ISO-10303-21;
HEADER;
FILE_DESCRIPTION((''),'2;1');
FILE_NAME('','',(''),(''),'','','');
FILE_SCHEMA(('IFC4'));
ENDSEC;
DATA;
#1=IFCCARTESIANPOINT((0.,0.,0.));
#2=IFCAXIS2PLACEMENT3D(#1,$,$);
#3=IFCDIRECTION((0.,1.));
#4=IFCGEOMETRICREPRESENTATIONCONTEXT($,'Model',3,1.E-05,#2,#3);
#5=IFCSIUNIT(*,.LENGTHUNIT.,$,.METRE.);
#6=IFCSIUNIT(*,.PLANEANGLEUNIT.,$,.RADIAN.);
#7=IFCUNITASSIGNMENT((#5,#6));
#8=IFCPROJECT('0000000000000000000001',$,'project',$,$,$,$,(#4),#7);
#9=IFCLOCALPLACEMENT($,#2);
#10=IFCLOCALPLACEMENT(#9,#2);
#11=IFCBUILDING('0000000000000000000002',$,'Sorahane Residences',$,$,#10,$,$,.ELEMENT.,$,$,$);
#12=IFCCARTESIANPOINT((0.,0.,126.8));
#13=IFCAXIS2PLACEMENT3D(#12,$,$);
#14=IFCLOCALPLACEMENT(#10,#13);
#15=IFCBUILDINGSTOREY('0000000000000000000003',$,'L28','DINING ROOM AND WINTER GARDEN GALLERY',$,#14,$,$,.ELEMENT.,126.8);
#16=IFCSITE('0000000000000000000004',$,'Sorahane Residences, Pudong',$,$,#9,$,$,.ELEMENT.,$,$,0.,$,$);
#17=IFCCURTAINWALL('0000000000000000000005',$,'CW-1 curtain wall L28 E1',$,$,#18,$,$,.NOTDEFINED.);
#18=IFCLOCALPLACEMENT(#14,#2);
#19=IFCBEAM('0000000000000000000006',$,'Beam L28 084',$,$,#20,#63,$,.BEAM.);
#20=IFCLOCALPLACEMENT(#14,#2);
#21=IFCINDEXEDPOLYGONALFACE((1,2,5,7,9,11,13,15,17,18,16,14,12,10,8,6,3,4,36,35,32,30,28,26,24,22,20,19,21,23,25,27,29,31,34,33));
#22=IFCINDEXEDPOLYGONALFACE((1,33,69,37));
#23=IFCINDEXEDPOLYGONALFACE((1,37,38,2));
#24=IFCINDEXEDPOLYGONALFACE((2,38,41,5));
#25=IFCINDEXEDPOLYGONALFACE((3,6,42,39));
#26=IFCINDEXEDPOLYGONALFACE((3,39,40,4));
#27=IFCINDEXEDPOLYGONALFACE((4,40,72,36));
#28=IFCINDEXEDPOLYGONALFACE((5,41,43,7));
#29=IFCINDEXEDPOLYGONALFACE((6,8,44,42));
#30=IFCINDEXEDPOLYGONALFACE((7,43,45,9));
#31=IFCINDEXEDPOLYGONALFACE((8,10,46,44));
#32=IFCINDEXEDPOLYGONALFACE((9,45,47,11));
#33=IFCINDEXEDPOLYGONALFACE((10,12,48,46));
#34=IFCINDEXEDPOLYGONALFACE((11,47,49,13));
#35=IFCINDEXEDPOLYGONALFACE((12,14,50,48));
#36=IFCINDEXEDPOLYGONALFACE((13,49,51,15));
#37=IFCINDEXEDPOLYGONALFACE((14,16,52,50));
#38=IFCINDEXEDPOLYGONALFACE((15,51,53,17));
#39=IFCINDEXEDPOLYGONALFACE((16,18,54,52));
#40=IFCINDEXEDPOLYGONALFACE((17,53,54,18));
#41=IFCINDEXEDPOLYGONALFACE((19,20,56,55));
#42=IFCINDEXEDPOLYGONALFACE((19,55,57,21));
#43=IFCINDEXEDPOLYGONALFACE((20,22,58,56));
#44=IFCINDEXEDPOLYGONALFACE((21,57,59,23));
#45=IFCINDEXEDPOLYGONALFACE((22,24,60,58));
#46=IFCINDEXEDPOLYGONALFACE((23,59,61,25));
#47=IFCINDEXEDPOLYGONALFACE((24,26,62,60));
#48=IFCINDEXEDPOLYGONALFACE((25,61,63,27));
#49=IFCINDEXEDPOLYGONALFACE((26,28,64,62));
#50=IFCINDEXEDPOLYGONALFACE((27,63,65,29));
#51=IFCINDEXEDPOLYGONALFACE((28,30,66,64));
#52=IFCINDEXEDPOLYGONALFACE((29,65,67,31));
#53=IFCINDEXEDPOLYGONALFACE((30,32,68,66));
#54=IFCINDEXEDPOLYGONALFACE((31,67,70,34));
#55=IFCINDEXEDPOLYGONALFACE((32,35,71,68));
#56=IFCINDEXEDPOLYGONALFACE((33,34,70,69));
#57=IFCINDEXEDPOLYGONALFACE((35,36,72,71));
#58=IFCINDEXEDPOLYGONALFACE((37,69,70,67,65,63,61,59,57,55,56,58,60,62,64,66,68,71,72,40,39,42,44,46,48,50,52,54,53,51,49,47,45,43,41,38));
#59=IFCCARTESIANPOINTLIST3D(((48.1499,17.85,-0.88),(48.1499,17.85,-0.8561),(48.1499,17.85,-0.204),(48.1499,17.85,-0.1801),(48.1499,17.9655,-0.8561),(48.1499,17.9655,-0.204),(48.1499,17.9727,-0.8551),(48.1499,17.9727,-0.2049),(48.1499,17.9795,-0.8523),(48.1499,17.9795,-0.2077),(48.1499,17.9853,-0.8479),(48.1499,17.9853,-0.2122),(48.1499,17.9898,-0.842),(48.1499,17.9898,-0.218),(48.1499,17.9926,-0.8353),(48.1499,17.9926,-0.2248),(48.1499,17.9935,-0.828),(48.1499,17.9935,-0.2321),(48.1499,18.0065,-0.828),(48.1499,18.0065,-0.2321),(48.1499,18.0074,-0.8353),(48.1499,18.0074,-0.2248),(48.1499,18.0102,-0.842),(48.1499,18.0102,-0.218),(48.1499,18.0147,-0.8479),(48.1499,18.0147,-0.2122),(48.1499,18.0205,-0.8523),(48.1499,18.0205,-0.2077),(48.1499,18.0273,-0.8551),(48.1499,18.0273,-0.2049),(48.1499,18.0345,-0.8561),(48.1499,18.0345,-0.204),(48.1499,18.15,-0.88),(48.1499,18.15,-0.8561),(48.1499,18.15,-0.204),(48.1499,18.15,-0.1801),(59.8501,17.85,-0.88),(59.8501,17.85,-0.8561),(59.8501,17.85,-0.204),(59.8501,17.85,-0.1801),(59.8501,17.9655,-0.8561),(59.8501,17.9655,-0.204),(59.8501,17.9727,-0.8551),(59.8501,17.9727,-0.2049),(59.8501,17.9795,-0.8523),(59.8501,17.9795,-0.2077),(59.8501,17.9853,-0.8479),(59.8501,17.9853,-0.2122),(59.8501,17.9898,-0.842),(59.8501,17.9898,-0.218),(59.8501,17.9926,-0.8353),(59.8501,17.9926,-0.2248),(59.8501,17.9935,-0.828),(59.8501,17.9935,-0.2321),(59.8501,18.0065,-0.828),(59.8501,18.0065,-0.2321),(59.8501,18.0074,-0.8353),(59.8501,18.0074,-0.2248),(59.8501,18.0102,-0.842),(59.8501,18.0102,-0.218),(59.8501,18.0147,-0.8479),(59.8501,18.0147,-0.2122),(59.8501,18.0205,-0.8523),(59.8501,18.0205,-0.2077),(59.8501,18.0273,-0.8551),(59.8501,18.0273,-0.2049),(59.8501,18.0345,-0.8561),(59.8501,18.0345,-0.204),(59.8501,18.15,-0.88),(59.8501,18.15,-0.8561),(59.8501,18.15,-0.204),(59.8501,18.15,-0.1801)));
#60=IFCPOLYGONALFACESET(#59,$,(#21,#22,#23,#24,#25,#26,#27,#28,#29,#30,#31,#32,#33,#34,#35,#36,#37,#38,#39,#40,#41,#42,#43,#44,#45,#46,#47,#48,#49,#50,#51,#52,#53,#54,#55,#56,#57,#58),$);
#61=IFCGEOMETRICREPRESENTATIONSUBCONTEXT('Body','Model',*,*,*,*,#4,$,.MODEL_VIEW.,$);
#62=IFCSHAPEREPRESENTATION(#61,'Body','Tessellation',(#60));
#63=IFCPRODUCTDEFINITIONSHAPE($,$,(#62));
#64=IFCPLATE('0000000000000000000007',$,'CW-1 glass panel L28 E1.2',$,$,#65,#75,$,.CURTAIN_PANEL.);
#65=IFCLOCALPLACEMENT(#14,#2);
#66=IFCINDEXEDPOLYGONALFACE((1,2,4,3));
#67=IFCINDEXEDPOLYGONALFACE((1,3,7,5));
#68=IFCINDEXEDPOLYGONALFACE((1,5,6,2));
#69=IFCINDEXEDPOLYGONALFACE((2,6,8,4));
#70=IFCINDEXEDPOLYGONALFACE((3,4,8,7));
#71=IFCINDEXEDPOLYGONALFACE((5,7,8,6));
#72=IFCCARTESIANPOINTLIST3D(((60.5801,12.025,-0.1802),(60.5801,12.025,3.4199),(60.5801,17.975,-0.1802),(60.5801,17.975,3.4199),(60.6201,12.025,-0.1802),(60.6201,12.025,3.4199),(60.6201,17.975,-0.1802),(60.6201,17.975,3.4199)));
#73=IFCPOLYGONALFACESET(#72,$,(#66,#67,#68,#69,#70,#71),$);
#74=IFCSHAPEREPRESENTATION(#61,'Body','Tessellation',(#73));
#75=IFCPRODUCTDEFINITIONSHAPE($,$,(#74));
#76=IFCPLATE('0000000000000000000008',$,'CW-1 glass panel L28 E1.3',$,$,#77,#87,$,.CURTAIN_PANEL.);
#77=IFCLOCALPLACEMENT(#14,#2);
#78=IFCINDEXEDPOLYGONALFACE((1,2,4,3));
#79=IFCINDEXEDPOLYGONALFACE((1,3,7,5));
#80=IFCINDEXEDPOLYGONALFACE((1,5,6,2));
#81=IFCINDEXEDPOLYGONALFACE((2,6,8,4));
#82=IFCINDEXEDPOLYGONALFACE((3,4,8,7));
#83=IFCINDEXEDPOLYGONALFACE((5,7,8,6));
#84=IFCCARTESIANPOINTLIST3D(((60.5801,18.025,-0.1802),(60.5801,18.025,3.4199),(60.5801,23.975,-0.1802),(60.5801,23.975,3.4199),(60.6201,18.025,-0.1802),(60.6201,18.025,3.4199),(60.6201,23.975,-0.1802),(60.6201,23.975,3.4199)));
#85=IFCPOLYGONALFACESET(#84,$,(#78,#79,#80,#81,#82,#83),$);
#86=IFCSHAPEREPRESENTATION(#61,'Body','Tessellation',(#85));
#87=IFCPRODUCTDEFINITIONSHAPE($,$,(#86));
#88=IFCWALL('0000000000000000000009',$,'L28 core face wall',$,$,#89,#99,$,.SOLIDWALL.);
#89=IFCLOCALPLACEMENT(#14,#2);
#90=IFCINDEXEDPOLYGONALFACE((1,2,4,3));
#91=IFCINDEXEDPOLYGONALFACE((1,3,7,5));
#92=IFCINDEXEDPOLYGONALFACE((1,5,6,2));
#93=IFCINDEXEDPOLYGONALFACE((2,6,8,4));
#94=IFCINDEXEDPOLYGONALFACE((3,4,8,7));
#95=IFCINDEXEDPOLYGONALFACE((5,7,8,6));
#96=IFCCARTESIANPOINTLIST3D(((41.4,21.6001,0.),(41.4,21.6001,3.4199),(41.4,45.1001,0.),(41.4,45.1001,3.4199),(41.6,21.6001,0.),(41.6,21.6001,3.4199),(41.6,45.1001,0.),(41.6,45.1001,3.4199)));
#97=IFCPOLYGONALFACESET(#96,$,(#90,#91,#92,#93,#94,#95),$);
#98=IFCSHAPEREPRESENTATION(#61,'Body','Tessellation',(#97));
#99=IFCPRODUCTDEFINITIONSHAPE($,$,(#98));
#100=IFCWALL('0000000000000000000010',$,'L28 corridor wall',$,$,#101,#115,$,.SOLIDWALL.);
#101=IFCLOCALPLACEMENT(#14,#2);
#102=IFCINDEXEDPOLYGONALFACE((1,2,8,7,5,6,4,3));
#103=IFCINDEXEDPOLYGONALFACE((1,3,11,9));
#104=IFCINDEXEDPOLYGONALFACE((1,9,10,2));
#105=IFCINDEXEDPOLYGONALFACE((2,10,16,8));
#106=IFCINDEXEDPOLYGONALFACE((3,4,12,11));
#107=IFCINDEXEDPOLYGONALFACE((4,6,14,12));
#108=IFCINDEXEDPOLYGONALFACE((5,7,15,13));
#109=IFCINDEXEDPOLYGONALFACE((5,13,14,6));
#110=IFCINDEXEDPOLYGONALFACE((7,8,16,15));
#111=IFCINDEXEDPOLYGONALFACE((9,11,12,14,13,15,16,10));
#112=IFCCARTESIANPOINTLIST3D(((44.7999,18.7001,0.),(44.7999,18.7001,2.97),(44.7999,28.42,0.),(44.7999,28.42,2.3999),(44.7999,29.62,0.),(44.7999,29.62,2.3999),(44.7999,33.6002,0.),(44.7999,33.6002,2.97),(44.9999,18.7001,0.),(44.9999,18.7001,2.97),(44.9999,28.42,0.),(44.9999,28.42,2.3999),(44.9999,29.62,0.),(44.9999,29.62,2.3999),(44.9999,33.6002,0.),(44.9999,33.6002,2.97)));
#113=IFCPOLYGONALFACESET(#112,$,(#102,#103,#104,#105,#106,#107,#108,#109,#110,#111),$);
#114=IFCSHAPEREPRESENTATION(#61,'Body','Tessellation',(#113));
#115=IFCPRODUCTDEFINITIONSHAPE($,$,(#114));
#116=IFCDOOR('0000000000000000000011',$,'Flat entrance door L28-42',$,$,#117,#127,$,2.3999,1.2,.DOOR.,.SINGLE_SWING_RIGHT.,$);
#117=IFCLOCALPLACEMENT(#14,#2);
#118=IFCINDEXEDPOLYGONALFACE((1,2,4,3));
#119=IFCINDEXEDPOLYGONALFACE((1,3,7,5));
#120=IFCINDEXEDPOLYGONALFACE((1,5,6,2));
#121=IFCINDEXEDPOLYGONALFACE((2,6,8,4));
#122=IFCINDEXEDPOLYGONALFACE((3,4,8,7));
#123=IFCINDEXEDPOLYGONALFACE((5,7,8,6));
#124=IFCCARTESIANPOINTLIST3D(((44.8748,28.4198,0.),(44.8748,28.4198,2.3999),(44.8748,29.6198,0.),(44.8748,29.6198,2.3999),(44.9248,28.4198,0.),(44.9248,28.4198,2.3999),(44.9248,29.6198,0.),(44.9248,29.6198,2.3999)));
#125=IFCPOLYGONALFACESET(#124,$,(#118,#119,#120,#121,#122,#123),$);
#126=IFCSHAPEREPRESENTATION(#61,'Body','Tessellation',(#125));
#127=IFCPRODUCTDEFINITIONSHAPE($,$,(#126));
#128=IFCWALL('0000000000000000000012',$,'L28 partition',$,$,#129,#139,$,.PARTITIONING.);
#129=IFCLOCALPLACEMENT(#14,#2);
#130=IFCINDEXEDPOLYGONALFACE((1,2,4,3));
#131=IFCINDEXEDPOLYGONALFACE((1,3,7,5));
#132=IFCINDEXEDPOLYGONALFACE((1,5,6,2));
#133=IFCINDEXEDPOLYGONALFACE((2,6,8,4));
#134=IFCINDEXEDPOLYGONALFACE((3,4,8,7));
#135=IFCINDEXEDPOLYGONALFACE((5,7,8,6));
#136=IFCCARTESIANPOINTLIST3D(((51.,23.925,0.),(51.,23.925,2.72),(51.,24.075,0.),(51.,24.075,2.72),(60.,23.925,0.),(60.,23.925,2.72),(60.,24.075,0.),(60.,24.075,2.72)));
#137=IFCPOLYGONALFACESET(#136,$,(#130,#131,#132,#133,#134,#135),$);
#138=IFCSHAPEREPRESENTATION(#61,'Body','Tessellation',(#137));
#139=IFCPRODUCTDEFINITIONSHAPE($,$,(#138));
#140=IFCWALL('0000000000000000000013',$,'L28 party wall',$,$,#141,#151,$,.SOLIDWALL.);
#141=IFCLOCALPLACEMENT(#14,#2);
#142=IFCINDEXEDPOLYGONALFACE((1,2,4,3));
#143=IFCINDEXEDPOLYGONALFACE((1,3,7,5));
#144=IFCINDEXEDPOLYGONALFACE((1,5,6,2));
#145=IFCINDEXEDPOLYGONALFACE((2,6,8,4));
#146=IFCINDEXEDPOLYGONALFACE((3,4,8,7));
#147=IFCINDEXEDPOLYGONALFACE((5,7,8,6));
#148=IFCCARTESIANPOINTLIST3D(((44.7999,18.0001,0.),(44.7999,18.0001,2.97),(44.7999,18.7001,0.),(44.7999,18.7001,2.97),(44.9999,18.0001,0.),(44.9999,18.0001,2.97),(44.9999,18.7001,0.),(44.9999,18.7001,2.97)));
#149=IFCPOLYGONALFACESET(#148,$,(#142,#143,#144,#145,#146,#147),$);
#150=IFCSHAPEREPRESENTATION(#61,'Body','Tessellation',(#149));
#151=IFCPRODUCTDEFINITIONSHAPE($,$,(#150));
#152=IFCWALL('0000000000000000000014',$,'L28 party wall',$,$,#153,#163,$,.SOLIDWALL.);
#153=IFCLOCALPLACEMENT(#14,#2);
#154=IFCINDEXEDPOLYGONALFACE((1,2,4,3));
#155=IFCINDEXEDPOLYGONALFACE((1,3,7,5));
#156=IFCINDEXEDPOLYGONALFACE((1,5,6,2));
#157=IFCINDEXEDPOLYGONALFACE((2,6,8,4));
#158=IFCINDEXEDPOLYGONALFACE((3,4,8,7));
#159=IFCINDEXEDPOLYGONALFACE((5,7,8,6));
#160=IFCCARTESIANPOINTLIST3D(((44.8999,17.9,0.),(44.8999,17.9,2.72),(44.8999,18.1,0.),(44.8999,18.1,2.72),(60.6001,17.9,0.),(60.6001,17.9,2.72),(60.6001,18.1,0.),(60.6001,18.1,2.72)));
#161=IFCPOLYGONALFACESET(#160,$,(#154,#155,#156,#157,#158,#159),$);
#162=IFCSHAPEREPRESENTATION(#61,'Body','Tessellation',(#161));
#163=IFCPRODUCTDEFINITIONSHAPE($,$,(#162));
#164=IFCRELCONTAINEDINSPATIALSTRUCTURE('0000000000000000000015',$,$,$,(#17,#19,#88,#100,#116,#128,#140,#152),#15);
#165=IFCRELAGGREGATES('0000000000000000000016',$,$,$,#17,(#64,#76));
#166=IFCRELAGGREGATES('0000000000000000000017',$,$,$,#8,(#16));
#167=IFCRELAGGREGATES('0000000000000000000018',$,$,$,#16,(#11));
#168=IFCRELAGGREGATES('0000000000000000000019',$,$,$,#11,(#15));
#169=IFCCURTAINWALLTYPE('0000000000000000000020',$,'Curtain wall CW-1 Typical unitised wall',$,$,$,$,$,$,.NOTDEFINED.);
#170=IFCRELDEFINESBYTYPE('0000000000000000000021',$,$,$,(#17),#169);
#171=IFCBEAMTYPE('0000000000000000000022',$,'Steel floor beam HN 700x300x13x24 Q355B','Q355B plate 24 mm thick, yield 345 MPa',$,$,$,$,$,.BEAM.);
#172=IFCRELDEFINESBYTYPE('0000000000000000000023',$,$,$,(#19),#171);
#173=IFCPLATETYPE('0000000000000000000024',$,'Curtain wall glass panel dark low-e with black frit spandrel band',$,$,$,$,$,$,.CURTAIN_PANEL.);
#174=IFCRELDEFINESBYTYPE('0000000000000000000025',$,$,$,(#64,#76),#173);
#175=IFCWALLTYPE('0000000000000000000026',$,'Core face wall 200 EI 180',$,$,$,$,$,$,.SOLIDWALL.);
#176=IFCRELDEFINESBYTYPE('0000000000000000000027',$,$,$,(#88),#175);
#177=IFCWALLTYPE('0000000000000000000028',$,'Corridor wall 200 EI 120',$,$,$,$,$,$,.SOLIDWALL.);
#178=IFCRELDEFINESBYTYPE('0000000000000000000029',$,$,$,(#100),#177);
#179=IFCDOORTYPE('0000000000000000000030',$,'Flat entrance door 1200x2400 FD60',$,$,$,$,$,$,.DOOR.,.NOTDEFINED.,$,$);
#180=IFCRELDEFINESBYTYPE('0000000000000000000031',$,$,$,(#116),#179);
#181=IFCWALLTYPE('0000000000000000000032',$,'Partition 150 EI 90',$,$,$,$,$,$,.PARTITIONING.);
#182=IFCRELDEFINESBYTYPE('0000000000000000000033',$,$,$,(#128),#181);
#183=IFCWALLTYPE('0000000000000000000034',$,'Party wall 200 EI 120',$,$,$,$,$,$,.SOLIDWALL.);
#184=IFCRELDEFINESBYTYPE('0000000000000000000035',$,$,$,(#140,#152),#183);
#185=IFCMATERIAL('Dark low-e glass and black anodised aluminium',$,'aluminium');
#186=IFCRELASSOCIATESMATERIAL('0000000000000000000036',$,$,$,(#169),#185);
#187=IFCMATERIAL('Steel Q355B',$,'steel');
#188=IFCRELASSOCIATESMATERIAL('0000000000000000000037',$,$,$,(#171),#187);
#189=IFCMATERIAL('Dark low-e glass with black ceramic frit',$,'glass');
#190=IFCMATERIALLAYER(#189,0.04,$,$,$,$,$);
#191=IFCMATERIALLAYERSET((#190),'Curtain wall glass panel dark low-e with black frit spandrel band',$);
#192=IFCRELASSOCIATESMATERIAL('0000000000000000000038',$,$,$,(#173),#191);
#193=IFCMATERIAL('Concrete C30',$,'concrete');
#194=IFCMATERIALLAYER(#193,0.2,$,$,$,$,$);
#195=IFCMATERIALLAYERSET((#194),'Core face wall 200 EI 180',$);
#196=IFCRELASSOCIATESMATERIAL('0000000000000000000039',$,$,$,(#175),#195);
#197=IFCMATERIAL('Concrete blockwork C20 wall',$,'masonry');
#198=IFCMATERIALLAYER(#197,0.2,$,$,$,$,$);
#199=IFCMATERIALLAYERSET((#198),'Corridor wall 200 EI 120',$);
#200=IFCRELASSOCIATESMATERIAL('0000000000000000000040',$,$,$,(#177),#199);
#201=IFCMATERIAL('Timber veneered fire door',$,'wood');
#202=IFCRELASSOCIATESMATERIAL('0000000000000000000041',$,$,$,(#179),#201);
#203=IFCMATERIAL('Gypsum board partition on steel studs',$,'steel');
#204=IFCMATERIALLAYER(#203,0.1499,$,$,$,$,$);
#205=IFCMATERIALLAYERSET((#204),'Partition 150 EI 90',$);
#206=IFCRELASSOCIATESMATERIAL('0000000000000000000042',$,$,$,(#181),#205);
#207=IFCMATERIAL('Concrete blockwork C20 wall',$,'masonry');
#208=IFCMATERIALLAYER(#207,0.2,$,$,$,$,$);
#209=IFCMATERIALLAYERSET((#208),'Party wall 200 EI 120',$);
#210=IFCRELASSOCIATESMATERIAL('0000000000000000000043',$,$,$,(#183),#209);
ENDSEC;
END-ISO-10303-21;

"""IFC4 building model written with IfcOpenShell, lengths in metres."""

from ifc_helpers import new_model, si_unit, direction, frame, frame_2d, origin, origin_2d, place, context, subcontext, project, spatial, rectangle, i_section, extrude, material, layer, layer_set, material_profile, profile_set, type_object, element, fill, aggregate, save


model = new_model("IFC4")

# Units and contexts
model_context = context("Model", 3, precision=1e-05, world=origin(), true_north=direction((0.0, 1.0)))
body_context = subcontext(model_context, "Body", "Model", "MODEL_VIEW")
ifc_project = project(units=[si_unit("LENGTHUNIT", "METRE"), si_unit("PLANEANGLEUNIT", "RADIAN")], contexts=[model_context])

# Site, building, storey
site_placement = place(None, origin())
site = spatial("IfcSite", under=ifc_project, at=site_placement, Name="Sorahane Residences, Pudong", CompositionType="ELEMENT", RefElevation=0.0)
building_placement = place(site_placement, origin())
building = spatial("IfcBuilding", under=site, at=building_placement, Name="Sorahane Residences", CompositionType="ELEMENT")
storey_placement = place(building_placement, frame((0.0, 0.0, 126.8)))
storey = spatial("IfcBuildingStorey", under=building, at=storey_placement, Name="L28", Description="DINING ROOM AND WINTER GARDEN GALLERY", CompositionType="ELEMENT", Elevation=126.8)

# Curtain wall
ifc_material_1 = material(Name="Dark low-e glass and black anodised aluminium", Category="aluminium")
curtain_wall_type = type_object("IfcCurtainWallType", Name="Curtain wall CW-1 Typical unitised wall", PredefinedType="NOTDEFINED", material=ifc_material_1)
curtain_wall_placement = place(storey_placement, origin())
curtain_wall = element("IfcCurtainWall", 1, at=curtain_wall_placement, inside=storey, type_object=curtain_wall_type, Name="CW-1 curtain wall L28 E1", PredefinedType="NOTDEFINED")

# Beam
ifc_material_2 = material(Name="Steel Q355B", Category="steel")
ifc_material_profile_1 = material_profile(ifc_material_2, i_section(OverallWidth=0.3, OverallDepth=0.7, WebThickness=0.0129, FlangeThickness=0.0239, FilletRadius=0.0281, at=origin_2d()), Name="HN 700x300x13x24")
ifc_profile_set_1 = profile_set([ifc_material_profile_1], Name="Steel Q355B")
beam_type_1 = type_object("IfcBeamType", Name="Steel floor beam HN 700x300x13x24 Q355B", Description="Q355B plate 24 mm thick, yield 345 MPa", PredefinedType="BEAM", material=ifc_profile_set_1)
beam_1_placement = place(storey_placement, frame((48.1499, 18.0, -0.53), z_axis=(1.0, 0.0, 0.0), x_axis=(0.0, 1.0, 0.0)))
element("IfcBeam", 2, at=beam_1_placement, inside=storey, type_object=beam_type_1, Name="Beam L28 084", PredefinedType="BEAM", context=body_context, shape_type="SweptSolid", body=[
    extrude(i_section(OverallWidth=0.3, OverallDepth=0.7, WebThickness=0.0129, FlangeThickness=0.0239, FilletRadius=0.0281, at=origin_2d()), origin(), (0.0, 0.0, 1.0), 11.7002),
])

# Plates
ifc_material_3 = material(Name="Dark low-e glass with black ceramic frit", Category="glass")
ifc_layer_1 = layer(ifc_material_3, 0.04)
ifc_layer_set_1 = layer_set([ifc_layer_1], Name="Curtain wall glass panel dark low-e with black frit spandrel band")
plate_type = type_object("IfcPlateType", Name="Curtain wall glass panel dark low-e with black frit spandrel band", PredefinedType="CURTAIN_PANEL", material=ifc_layer_set_1)
plate_1_placement = place(storey_placement, frame((60.6001, 15.0, -0.1802), z_axis=(0.0, 0.0, 1.0), x_axis=(0.0, 1.0, 0.0)))
plate_1 = element("IfcPlate", 3, at=plate_1_placement, type_object=plate_type, Name="CW-1 glass panel L28 E1.2", PredefinedType="CURTAIN_PANEL", context=body_context, shape_type="SweptSolid", body=[
    extrude(rectangle(XDim=5.95, YDim=0.04, at=origin_2d()), origin(), (0.0, 0.0, 1.0), 3.6001),
])
plate_2_placement = place(storey_placement, frame((60.6001, 21.0, -0.1802), z_axis=(0.0, 0.0, 1.0), x_axis=(0.0, 1.0, 0.0)))
plate_2 = element("IfcPlate", 4, at=plate_2_placement, type_object=plate_type, Name="CW-1 glass panel L28 E1.3", PredefinedType="CURTAIN_PANEL", context=body_context, shape_type="SweptSolid", body=[
    extrude(rectangle(XDim=5.95, YDim=0.04, at=origin_2d()), origin(), (0.0, 0.0, 1.0), 3.6001),
])
aggregate(curtain_wall, [plate_1, plate_2])

# Wall
ifc_material_4 = material(Name="Concrete C30", Category="concrete")
ifc_layer_2 = layer(ifc_material_4, 0.2)
ifc_layer_set_2 = layer_set([ifc_layer_2], Name="Core face wall 200 EI 180")
wall_type_1 = type_object("IfcWallType", Name="Core face wall 200 EI 180", PredefinedType="SOLIDWALL", material=ifc_layer_set_2)
wall_1_placement = place(storey_placement, frame((41.5, 21.6001, 0.0), z_axis=(0.0, 0.0, 1.0), x_axis=(0.0, 1.0, 0.0)))
element("IfcWall", 5, at=wall_1_placement, inside=storey, type_object=wall_type_1, Name="L28 core face wall", PredefinedType="SOLIDWALL", context=body_context, shape_type="SweptSolid", body=[
    extrude(rectangle(XDim=23.5, YDim=0.2, at=frame_2d((11.75, 0.0))), origin(), (0.0, 0.0, 1.0), 3.4199),
])

# Wall, opening, door
ifc_material_5 = material(Name="Concrete blockwork C20 wall", Category="masonry")
ifc_layer_3 = layer(ifc_material_5, 0.2)
ifc_layer_set_3 = layer_set([ifc_layer_3], Name="Corridor wall 200 EI 120")
wall_type_2 = type_object("IfcWallType", Name="Corridor wall 200 EI 120", PredefinedType="SOLIDWALL", material=ifc_layer_set_3)
wall_2_placement = place(storey_placement, frame((44.8999, 18.7, 0.0), z_axis=(0.0, 0.0, 1.0), x_axis=(0.0, 1.0, 0.0)))
wall_2 = element("IfcWall", 6, at=wall_2_placement, inside=storey, type_object=wall_type_2, Name="L28 corridor wall", PredefinedType="SOLIDWALL", context=body_context, shape_type="SweptSolid", body=[
    extrude(rectangle(XDim=14.9001, YDim=0.2, at=frame_2d((7.4502, 0.0))), origin(), (0.0, 0.0, 1.0), 2.97),
])
opening_1_placement = place(wall_2_placement, frame((9.72, 0.0, 0.0)))
opening_1 = element("IfcOpeningElement", 7, at=opening_1_placement, cuts=wall_2, PredefinedType="OPENING", context=body_context, shape_type="SweptSolid", body=[
    extrude(rectangle(XDim=1.2, YDim=2.3999, at=frame_2d((0.6001, 1.2))), frame((0.0, 0.1099, 0.0), z_axis=(0.0, -1.0, 0.0), x_axis=(1.0, 0.0, 0.0)), (0.0, 0.0, 1.0), 0.22),
])
ifc_material_6 = material(Name="Timber veneered fire door", Category="wood")
door_type_1 = type_object("IfcDoorType", Name="Flat entrance door 1200x2400 FD60", OperationType="NOTDEFINED", PredefinedType="DOOR", material=ifc_material_6)
door_1_placement = place(opening_1_placement, frame((1.2, 0.0, 0.0), z_axis=(0.0, 0.0, 1.0), x_axis=(-1.0, 0.0, 0.0)))
door_1 = element("IfcDoor", 8, at=door_1_placement, inside=storey, type_object=door_type_1, Name="Flat entrance door L28-42", OperationType="SINGLE_SWING_RIGHT", OverallHeight=2.3999, OverallWidth=1.2, PredefinedType="DOOR", context=body_context, shape_type="SweptSolid", body=[
    extrude(rectangle(XDim=1.2, YDim=2.3999, at=frame_2d((0.6001, 1.2))), frame((0.0, 0.0249, 0.0), z_axis=(0.0, -1.0, 0.0), x_axis=(1.0, 0.0, 0.0)), (0.0, 0.0, 1.0), 0.05),
])
fill(opening_1, door_1)

# Shared definitions
ifc_material_7 = material(Name="Gypsum board partition on steel studs", Category="steel")
ifc_layer_4 = layer(ifc_material_7, 0.1499)
ifc_layer_set_4 = layer_set([ifc_layer_4], Name="Partition 150 EI 90")
wall_type_3 = type_object("IfcWallType", Name="Partition 150 EI 90", PredefinedType="PARTITIONING", material=ifc_layer_set_4)

# Walls
wall_3_placement = place(storey_placement, frame((51.0, 24.0, 0.0), z_axis=(0.0, 0.0, 1.0), x_axis=(1.0, 0.0, 0.0)))
element("IfcWall", 9, at=wall_3_placement, inside=storey, type_object=wall_type_3, Name="L28 partition", PredefinedType="PARTITIONING", context=body_context, shape_type="SweptSolid", body=[
    extrude(rectangle(XDim=9.0, YDim=0.1499, at=frame_2d((4.5, 0.0))), origin(), (0.0, 0.0, 1.0), 2.72),
])
ifc_material_8 = material(Name="Concrete blockwork C20 wall", Category="masonry")
ifc_layer_5 = layer(ifc_material_8, 0.2)
ifc_layer_set_5 = layer_set([ifc_layer_5], Name="Party wall 200 EI 120")
wall_type_4 = type_object("IfcWallType", Name="Party wall 200 EI 120", PredefinedType="SOLIDWALL", material=ifc_layer_set_5)
wall_4_placement = place(storey_placement, frame((44.8999, 18.0, 0.0), z_axis=(0.0, 0.0, 1.0), x_axis=(0.0, 1.0, 0.0)))
element("IfcWall", 10, at=wall_4_placement, inside=storey, type_object=wall_type_4, Name="L28 party wall", PredefinedType="SOLIDWALL", context=body_context, shape_type="SweptSolid", body=[
    extrude(rectangle(XDim=0.7, YDim=0.2, at=frame_2d((0.3501, 0.0))), origin(), (0.0, 0.0, 1.0), 2.97),
])
wall_5_placement = place(storey_placement, frame((44.8999, 18.0, 0.0), z_axis=(0.0, 0.0, 1.0), x_axis=(1.0, 0.0, 0.0)))
element("IfcWall", 11, at=wall_5_placement, inside=storey, type_object=wall_type_4, Name="L28 party wall", PredefinedType="SOLIDWALL", context=body_context, shape_type="SweptSolid", body=[
    extrude(rectangle(XDim=15.7002, YDim=0.2, at=frame_2d((7.8501, 0.0))), origin(), (0.0, 0.0, 1.0), 2.72),
])

save(model, "model.ifc")
